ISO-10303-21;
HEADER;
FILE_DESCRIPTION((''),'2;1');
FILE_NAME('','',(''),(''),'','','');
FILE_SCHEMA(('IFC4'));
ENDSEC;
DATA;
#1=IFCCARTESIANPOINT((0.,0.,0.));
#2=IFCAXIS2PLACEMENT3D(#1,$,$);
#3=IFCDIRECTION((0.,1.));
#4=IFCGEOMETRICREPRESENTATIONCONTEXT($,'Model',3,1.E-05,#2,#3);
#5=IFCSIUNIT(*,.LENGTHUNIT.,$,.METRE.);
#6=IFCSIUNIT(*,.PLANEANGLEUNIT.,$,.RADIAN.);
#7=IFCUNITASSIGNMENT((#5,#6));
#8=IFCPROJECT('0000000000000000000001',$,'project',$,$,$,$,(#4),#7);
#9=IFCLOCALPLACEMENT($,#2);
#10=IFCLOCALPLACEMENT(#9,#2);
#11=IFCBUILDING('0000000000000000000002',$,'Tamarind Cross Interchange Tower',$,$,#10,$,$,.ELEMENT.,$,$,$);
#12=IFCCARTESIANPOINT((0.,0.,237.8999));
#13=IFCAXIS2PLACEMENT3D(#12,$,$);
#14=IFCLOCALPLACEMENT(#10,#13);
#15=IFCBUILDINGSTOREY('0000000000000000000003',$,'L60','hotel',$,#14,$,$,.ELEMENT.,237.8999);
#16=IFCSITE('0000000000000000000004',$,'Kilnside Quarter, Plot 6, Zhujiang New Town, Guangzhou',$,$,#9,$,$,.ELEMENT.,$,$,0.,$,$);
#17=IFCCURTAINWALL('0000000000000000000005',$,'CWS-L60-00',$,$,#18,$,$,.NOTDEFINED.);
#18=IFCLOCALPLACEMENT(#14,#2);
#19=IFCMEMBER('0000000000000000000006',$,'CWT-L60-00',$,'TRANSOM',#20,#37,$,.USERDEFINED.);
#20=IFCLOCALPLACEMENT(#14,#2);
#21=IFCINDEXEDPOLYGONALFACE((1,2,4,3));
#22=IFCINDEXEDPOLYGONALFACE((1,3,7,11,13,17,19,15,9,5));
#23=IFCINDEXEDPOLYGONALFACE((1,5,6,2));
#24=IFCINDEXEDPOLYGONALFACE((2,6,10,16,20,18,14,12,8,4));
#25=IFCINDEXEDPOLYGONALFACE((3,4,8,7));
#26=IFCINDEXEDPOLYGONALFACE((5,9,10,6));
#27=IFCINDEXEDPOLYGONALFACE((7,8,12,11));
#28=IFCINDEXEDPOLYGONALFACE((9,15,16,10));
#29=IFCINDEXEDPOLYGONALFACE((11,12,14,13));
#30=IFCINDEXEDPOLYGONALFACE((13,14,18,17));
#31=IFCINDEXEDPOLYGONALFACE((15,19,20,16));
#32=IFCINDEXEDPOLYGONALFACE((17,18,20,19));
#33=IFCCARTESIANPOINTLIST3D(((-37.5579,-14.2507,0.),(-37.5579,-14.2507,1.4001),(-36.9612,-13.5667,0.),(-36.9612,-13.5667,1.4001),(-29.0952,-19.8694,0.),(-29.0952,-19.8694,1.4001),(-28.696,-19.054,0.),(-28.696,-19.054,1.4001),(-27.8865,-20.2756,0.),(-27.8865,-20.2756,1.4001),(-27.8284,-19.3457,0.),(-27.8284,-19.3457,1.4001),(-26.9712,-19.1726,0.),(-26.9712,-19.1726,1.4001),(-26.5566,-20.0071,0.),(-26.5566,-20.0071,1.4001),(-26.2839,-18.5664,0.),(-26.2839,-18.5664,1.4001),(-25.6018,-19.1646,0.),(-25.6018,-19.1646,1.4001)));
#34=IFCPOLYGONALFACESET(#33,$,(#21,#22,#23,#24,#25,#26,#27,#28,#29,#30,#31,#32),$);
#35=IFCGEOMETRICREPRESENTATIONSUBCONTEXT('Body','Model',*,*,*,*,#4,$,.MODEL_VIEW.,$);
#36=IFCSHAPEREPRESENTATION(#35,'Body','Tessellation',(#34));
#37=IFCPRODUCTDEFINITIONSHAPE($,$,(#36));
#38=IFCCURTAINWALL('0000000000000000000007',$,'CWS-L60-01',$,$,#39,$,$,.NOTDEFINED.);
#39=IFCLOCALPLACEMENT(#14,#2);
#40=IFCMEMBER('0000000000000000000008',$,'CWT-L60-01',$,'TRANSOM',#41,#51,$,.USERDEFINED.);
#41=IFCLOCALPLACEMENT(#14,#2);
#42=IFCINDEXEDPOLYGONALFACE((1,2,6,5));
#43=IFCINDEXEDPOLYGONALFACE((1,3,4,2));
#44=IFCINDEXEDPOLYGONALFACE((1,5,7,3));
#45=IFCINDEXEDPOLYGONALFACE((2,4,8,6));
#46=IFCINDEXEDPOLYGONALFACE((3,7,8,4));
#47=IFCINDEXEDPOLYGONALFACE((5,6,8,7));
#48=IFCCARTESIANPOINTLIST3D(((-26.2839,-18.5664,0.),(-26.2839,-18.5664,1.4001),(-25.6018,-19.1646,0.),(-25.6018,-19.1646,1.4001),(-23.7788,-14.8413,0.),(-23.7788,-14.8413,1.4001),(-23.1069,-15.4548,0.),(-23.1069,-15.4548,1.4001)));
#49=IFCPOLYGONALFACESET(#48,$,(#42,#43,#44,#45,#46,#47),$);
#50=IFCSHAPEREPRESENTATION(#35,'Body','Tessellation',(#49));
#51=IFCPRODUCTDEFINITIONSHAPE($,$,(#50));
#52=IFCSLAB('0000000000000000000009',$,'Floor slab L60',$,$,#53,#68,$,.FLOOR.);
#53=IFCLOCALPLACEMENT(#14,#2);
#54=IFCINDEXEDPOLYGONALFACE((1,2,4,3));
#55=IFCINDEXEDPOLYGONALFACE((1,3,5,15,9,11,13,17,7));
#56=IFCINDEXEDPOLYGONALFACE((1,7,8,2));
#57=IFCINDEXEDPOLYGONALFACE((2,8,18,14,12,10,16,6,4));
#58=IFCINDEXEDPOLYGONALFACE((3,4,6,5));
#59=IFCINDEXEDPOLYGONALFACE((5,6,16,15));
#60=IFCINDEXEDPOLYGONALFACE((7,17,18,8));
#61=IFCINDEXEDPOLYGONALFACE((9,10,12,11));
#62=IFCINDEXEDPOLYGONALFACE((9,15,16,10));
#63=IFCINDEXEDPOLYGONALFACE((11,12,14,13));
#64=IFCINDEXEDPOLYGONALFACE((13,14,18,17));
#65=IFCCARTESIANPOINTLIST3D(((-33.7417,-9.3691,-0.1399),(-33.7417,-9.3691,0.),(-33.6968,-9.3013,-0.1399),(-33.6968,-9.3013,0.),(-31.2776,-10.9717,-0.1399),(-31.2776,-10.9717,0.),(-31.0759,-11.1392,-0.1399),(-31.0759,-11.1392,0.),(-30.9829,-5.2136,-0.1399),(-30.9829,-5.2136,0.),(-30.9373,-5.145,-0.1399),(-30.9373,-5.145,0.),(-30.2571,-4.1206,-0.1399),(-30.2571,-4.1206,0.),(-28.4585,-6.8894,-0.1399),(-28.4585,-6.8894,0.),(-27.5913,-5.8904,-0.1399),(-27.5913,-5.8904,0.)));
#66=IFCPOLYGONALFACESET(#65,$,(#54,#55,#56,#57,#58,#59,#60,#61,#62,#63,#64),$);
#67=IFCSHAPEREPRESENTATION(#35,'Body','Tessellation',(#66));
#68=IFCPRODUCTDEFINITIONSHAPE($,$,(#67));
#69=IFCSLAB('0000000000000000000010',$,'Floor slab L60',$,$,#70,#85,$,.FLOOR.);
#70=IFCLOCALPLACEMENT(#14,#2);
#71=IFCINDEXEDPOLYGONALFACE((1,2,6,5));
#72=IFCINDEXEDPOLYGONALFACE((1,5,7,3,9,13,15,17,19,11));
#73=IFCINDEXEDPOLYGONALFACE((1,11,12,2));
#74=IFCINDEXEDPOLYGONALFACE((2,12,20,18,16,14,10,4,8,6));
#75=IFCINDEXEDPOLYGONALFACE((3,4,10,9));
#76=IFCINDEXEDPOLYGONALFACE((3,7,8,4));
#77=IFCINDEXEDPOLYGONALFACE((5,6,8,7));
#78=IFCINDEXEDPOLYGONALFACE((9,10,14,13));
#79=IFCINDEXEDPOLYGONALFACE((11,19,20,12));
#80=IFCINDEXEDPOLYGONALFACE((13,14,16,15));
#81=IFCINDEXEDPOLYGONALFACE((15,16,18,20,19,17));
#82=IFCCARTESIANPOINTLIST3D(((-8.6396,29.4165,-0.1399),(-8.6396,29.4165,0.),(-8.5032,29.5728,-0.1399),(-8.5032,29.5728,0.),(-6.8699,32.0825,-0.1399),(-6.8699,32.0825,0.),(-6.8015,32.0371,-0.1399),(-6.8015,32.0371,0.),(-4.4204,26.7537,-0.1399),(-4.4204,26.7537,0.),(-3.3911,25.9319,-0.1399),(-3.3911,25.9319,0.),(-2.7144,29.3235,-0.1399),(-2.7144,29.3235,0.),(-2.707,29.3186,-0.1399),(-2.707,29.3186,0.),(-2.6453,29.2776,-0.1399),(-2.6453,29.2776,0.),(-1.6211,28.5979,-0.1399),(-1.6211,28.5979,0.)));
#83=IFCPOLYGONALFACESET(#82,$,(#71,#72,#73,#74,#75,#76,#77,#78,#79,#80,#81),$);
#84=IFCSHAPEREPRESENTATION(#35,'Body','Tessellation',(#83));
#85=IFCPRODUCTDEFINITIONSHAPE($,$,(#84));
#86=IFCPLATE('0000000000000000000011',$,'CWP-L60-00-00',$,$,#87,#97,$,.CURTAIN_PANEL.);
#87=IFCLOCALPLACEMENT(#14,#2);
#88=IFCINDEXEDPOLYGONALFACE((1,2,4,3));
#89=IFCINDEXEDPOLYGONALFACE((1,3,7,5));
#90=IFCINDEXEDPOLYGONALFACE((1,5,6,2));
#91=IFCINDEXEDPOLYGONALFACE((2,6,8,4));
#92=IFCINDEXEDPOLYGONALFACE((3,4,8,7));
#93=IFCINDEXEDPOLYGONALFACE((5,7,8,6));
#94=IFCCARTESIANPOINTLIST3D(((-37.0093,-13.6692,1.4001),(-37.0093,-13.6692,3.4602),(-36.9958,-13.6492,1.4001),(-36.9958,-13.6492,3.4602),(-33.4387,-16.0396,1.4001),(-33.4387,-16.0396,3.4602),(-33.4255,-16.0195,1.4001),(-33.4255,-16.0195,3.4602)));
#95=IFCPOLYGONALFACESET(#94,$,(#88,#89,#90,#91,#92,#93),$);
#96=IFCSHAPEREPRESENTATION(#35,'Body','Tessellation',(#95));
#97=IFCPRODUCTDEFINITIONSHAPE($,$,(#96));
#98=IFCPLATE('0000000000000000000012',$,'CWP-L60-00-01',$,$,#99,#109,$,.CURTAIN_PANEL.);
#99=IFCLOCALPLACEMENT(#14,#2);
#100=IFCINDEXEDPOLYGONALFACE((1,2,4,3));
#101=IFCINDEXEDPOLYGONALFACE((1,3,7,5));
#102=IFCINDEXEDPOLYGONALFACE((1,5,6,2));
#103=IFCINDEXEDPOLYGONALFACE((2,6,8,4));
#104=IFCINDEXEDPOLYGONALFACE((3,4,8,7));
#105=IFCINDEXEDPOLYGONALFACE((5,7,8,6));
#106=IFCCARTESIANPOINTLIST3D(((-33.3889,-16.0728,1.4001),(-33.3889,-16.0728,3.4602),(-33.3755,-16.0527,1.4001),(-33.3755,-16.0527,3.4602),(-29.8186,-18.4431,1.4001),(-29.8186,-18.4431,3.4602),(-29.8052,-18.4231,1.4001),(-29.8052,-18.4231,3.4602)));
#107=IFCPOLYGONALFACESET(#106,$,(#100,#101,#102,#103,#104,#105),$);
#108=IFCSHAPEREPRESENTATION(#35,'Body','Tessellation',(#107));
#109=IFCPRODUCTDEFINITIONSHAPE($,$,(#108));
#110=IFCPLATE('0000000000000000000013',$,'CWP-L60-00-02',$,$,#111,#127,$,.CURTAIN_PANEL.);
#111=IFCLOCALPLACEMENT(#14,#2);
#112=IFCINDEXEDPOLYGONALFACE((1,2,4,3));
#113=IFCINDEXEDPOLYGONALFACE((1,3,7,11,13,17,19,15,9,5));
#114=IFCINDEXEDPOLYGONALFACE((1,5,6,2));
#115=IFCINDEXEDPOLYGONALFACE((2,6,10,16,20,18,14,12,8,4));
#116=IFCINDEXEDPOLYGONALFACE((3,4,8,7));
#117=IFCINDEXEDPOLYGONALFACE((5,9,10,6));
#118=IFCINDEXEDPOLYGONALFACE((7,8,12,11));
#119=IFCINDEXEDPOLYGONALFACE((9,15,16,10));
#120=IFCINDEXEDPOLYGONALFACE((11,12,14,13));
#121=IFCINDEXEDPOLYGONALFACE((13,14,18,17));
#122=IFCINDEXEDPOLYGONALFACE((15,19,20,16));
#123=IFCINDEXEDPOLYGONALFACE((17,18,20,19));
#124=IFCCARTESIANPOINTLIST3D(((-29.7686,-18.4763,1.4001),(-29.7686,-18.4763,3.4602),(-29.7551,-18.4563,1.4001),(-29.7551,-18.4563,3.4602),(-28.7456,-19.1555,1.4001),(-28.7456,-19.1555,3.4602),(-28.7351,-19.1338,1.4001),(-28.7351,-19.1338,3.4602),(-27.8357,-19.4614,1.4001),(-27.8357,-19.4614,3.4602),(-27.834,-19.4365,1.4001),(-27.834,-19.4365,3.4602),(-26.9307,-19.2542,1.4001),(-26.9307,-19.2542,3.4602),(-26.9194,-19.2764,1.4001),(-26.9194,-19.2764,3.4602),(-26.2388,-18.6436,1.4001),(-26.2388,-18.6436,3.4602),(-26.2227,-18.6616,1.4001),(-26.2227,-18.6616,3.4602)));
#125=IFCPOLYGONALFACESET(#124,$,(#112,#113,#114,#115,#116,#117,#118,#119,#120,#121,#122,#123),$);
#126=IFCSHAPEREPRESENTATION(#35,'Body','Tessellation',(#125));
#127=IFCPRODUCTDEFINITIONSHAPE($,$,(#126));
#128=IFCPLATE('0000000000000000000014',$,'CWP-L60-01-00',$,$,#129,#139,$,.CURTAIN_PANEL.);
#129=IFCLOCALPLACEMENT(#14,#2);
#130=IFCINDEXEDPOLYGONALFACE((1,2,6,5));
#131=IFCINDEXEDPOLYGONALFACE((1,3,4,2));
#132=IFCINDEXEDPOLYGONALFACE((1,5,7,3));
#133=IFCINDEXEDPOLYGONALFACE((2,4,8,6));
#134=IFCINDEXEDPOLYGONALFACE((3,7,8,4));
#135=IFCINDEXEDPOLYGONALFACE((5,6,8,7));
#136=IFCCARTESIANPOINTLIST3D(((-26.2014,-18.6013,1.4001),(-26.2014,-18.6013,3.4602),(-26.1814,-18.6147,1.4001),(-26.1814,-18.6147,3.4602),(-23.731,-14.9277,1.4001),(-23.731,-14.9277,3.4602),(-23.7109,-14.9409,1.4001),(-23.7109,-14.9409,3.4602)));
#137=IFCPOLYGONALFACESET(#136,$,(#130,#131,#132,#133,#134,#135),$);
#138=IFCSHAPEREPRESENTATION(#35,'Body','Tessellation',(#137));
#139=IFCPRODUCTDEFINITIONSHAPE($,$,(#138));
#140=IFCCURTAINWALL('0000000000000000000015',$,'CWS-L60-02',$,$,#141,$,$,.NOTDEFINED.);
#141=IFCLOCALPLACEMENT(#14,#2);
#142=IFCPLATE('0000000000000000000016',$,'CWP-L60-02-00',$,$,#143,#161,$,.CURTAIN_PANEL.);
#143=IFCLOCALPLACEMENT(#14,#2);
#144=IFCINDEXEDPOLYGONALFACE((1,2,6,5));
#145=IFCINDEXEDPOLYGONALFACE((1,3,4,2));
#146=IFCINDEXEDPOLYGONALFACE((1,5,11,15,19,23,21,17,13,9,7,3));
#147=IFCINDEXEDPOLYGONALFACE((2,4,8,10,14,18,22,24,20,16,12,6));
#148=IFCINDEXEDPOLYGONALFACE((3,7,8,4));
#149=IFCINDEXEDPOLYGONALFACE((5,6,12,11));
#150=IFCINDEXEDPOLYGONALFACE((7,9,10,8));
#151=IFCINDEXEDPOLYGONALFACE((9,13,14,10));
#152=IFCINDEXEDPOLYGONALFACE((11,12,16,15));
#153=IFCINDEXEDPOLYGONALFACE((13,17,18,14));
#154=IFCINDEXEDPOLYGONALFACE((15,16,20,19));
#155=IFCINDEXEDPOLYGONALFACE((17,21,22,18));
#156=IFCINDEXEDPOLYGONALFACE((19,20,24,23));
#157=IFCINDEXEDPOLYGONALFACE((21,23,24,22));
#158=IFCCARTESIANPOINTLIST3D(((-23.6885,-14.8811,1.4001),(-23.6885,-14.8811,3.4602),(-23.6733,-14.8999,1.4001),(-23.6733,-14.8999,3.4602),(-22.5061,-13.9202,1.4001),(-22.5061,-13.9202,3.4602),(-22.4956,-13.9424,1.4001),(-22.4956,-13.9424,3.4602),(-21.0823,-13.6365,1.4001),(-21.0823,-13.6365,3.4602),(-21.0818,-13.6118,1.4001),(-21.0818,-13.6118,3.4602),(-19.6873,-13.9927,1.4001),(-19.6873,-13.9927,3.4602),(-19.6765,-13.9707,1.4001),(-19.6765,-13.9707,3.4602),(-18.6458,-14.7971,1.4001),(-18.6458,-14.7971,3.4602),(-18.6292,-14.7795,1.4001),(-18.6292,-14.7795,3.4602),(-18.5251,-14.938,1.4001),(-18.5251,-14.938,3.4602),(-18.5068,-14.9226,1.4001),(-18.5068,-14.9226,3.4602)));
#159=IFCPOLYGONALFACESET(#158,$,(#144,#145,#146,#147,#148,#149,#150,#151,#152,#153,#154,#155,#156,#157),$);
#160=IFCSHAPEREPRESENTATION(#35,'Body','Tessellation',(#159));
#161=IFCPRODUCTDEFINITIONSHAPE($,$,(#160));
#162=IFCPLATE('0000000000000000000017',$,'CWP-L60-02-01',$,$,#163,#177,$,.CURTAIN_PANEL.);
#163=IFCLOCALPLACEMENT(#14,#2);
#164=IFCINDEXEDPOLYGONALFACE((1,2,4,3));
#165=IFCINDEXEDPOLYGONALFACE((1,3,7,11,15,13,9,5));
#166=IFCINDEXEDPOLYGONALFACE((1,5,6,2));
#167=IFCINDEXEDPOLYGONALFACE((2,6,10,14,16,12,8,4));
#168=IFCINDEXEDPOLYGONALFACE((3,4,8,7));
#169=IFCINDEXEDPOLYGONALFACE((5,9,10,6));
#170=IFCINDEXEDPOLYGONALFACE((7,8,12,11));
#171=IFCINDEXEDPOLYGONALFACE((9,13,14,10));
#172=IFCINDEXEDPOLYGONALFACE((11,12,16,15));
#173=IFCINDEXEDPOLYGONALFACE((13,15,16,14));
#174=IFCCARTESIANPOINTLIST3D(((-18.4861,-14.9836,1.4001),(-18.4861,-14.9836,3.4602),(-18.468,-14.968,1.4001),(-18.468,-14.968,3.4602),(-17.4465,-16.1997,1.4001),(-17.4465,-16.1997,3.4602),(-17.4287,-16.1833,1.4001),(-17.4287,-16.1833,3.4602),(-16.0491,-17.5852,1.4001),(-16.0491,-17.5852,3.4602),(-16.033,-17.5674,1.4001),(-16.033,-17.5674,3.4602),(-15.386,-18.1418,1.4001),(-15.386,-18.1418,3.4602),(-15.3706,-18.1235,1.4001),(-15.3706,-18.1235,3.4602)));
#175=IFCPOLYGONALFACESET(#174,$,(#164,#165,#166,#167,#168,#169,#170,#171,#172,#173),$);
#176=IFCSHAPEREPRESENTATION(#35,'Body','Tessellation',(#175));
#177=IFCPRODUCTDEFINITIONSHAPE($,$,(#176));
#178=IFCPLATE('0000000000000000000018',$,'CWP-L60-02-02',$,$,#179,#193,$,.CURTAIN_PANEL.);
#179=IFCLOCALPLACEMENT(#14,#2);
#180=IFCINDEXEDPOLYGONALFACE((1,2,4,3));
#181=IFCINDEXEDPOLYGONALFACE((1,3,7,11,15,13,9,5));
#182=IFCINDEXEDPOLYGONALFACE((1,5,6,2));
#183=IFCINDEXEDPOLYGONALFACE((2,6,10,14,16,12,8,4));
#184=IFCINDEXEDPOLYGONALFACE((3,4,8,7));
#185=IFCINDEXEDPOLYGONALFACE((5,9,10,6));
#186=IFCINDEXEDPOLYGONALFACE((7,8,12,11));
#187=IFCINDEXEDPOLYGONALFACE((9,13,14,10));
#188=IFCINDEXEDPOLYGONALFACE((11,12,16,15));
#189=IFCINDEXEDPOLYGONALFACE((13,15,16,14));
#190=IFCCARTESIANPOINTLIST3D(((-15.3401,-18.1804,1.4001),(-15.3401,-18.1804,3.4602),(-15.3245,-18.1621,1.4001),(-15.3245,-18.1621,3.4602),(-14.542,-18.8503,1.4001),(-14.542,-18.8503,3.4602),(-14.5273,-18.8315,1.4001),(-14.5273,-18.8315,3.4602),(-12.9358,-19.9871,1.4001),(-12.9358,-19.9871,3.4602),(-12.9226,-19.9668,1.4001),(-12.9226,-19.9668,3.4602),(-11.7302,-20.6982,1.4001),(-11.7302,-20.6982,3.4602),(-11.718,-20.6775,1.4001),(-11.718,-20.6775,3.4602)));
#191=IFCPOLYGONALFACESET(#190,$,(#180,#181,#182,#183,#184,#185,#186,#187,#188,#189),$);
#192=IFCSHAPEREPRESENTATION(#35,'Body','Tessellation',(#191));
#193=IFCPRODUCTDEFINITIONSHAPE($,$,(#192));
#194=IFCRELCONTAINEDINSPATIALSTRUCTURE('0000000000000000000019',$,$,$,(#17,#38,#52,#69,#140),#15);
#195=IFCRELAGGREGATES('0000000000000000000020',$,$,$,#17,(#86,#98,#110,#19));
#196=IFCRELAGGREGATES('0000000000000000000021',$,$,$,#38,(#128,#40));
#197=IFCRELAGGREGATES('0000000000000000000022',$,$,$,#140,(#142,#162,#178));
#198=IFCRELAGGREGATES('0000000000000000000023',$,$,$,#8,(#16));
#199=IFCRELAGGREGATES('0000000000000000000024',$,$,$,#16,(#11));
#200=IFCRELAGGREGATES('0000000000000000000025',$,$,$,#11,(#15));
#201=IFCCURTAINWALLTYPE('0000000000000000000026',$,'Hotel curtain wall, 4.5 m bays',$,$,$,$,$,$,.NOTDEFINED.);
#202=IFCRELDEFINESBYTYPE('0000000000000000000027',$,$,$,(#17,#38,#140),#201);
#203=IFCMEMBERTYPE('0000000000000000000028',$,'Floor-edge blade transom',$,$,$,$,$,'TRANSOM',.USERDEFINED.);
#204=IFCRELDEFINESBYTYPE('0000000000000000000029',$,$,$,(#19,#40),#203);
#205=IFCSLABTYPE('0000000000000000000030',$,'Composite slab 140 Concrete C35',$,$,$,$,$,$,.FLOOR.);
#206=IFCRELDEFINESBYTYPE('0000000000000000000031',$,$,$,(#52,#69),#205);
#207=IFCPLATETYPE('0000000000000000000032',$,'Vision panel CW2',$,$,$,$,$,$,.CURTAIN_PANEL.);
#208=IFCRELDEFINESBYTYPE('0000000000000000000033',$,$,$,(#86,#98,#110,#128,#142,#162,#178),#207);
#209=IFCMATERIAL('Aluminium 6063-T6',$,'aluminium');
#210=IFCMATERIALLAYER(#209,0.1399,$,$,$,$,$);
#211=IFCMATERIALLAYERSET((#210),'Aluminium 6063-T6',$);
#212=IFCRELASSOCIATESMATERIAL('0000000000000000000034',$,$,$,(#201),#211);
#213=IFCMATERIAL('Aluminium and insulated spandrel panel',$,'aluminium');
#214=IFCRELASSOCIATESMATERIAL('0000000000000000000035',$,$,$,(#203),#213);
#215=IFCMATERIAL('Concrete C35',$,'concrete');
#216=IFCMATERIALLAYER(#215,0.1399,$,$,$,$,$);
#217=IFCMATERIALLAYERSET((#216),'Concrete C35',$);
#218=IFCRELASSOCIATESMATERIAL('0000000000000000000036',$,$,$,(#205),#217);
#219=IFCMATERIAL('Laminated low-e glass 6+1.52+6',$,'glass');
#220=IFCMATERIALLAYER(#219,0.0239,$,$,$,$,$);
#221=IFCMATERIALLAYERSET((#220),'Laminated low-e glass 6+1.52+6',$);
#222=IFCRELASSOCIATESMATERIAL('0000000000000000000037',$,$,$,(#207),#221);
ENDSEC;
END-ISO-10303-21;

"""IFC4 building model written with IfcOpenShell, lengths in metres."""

from ifc_helpers import new_model, si_unit, direction, frame, origin, place, context, subcontext, project, spatial, polyline, outline, extrude, material, layer, layer_set, type_object, element, aggregate, save


model = new_model("IFC4")

# Units and contexts
model_context = context("Model", 3, precision=1e-05, world=origin(), true_north=direction((0.0, 1.0)))
body_context = subcontext(model_context, "Body", "Model", "MODEL_VIEW")
ifc_project = project(units=[si_unit("LENGTHUNIT", "METRE"), si_unit("PLANEANGLEUNIT", "RADIAN")], contexts=[model_context])

# Site, building, storey
site_placement = place(None, origin())
site = spatial("IfcSite", under=ifc_project, at=site_placement, Name="Kilnside Quarter, Plot 6, Zhujiang New Town, Guangzhou", CompositionType="ELEMENT", RefElevation=0.0)
building_placement = place(site_placement, origin())
building = spatial("IfcBuilding", under=site, at=building_placement, Name="Tamarind Cross Interchange Tower", CompositionType="ELEMENT")
storey_placement = place(building_placement, frame((0.0, 0.0, 237.8999)))
storey = spatial("IfcBuildingStorey", under=building, at=storey_placement, Name="L60", Description="hotel", CompositionType="ELEMENT", Elevation=237.8999)

# Curtain walls, members
ifc_material_1 = material(Name="Aluminium 6063-T6", Category="aluminium")
ifc_layer_1 = layer(ifc_material_1, 0.1399)
ifc_layer_set_1 = layer_set([ifc_layer_1], Name="Aluminium 6063-T6")
curtain_wall_type = type_object("IfcCurtainWallType", Name="Hotel curtain wall, 4.5 m bays", PredefinedType="NOTDEFINED", material=ifc_layer_set_1)
curtain_wall_1_placement = place(storey_placement, origin())
curtain_wall_1 = element("IfcCurtainWall", 1, at=curtain_wall_1_placement, inside=storey, type_object=curtain_wall_type, Name="CWS-L60-00", PredefinedType="NOTDEFINED")
ifc_material_2 = material(Name="Aluminium and insulated spandrel panel", Category="aluminium")
member_type = type_object("IfcMemberType", Name="Floor-edge blade transom", ElementType="TRANSOM", PredefinedType="USERDEFINED", material=ifc_material_2)
member_1_placement = place(storey_placement, origin())
member_1 = element("IfcMember", 2, at=member_1_placement, type_object=member_type, Name="CWT-L60-00", ObjectType="TRANSOM", PredefinedType="USERDEFINED", context=body_context, shape_type="SweptSolid", body=[
    extrude(outline(polyline([(-36.9612, -13.5667), (-28.696, -19.054), (-27.8284, -19.3457), (-26.9712, -19.1726), (-26.2839, -18.5664), (-25.6018, -19.1646), (-26.5566, -20.0071), (-27.8865, -20.2756), (-29.0952, -19.8694), (-37.5579, -14.2507), (-36.9612, -13.5667)])), origin(), (0.0, 0.0, 1.0), 1.4001),
])
curtain_wall_2_placement = place(storey_placement, origin())
curtain_wall_2 = element("IfcCurtainWall", 3, at=curtain_wall_2_placement, inside=storey, type_object=curtain_wall_type, Name="CWS-L60-01", PredefinedType="NOTDEFINED")
member_2_placement = place(storey_placement, origin())
member_2 = element("IfcMember", 4, at=member_2_placement, type_object=member_type, Name="CWT-L60-01", ObjectType="TRANSOM", PredefinedType="USERDEFINED", context=body_context, shape_type="SweptSolid", body=[
    extrude(outline(polyline([(-26.2839, -18.5664), (-23.7788, -14.8413), (-23.1069, -15.4548), (-25.6018, -19.1646), (-26.2839, -18.5664)])), origin(), (0.0, 0.0, 1.0), 1.4001),
])

# Slabs
ifc_material_3 = material(Name="Concrete C35", Category="concrete")
ifc_layer_2 = layer(ifc_material_3, 0.1399)
ifc_layer_set_2 = layer_set([ifc_layer_2], Name="Concrete C35")
slab_type = type_object("IfcSlabType", Name="Composite slab 140 Concrete C35", PredefinedType="FLOOR", material=ifc_layer_set_2)
slab_1_placement = place(storey_placement, frame((0.0, 0.0, -0.1399)))
element("IfcSlab", 5, at=slab_1_placement, inside=storey, type_object=slab_type, Name="Floor slab L60", PredefinedType="FLOOR", context=body_context, shape_type="SweptSolid", body=[
    extrude(outline(polyline([(-33.7417, -9.3691), (-31.0759, -11.1392), (-27.5913, -5.8904), (-30.2571, -4.1206), (-30.9373, -5.145), (-30.9829, -5.2136), (-28.4585, -6.8894), (-31.2776, -10.9717), (-33.6968, -9.3013), (-33.7417, -9.3691)])), origin(), (0.0, 0.0, 1.0), 0.1399),
])
slab_2_placement = place(storey_placement, frame((0.0, 0.0, -0.1399)))
element("IfcSlab", 6, at=slab_2_placement, inside=storey, type_object=slab_type, Name="Floor slab L60", PredefinedType="FLOOR", context=body_context, shape_type="SweptSolid", body=[
    extrude(outline(polyline([(-6.8699, 32.0825), (-8.6396, 29.4165), (-3.3911, 25.9319), (-1.6211, 28.5979), (-2.6453, 29.2776), (-2.707, 29.3186), (-2.7144, 29.3235), (-4.4204, 26.7537), (-8.5032, 29.5728), (-6.8015, 32.0371), (-6.8699, 32.0825)])), origin(), (0.0, 0.0, 1.0), 0.1399),
])

# Plates
ifc_material_4 = material(Name="Laminated low-e glass 6+1.52+6", Category="glass")
ifc_layer_3 = layer(ifc_material_4, 0.0239)
ifc_layer_set_3 = layer_set([ifc_layer_3], Name="Laminated low-e glass 6+1.52+6")
plate_type = type_object("IfcPlateType", Name="Vision panel CW2", PredefinedType="CURTAIN_PANEL", material=ifc_layer_set_3)
plate_1_placement = place(storey_placement, frame((0.0, 0.0, 1.4001)))
plate_1 = element("IfcPlate", 7, at=plate_1_placement, type_object=plate_type, Name="CWP-L60-00-00", PredefinedType="CURTAIN_PANEL", context=body_context, shape_type="SweptSolid", body=[
    extrude(outline(polyline([(-36.9958, -13.6492), (-33.4255, -16.0195), (-33.4387, -16.0396), (-37.0093, -13.6692), (-36.9958, -13.6492)])), origin(), (0.0, 0.0, 1.0), 2.0601),
])
plate_2_placement = place(storey_placement, frame((0.0, 0.0, 1.4001)))
plate_2 = element("IfcPlate", 8, at=plate_2_placement, type_object=plate_type, Name="CWP-L60-00-01", PredefinedType="CURTAIN_PANEL", context=body_context, shape_type="SweptSolid", body=[
    extrude(outline(polyline([(-33.3755, -16.0527), (-29.8052, -18.4231), (-29.8186, -18.4431), (-33.3889, -16.0728), (-33.3755, -16.0527)])), origin(), (0.0, 0.0, 1.0), 2.0601),
])
plate_3_placement = place(storey_placement, frame((0.0, 0.0, 1.4001)))
plate_3 = element("IfcPlate", 9, at=plate_3_placement, type_object=plate_type, Name="CWP-L60-00-02", PredefinedType="CURTAIN_PANEL", context=body_context, shape_type="SweptSolid", body=[
    extrude(outline(polyline([(-29.7551, -18.4563), (-28.7351, -19.1338), (-27.834, -19.4365), (-26.9307, -19.2542), (-26.2388, -18.6436), (-26.2227, -18.6616), (-26.9194, -19.2764), (-27.8357, -19.4614), (-28.7456, -19.1555), (-29.7686, -18.4763), (-29.7551, -18.4563)])), origin(), (0.0, 0.0, 1.0), 2.0601),
])
aggregate(curtain_wall_1, [plate_1, plate_2, plate_3, member_1])
plate_4_placement = place(storey_placement, frame((0.0, 0.0, 1.4001)))
plate_4 = element("IfcPlate", 10, at=plate_4_placement, type_object=plate_type, Name="CWP-L60-01-00", PredefinedType="CURTAIN_PANEL", context=body_context, shape_type="SweptSolid", body=[
    extrude(outline(polyline([(-26.2014, -18.6013), (-23.731, -14.9277), (-23.7109, -14.9409), (-26.1814, -18.6147), (-26.2014, -18.6013)])), origin(), (0.0, 0.0, 1.0), 2.0601),
])
aggregate(curtain_wall_2, [plate_4, member_2])

# Curtain wall, plates
curtain_wall_3_placement = place(storey_placement, origin())
curtain_wall_3 = element("IfcCurtainWall", 11, at=curtain_wall_3_placement, inside=storey, type_object=curtain_wall_type, Name="CWS-L60-02", PredefinedType="NOTDEFINED")
plate_5_placement = place(storey_placement, frame((0.0, 0.0, 1.4001)))
plate_5 = element("IfcPlate", 12, at=plate_5_placement, type_object=plate_type, Name="CWP-L60-02-00", PredefinedType="CURTAIN_PANEL", context=body_context, shape_type="SweptSolid", body=[
    extrude(outline(polyline([(-23.6885, -14.8811), (-22.5061, -13.9202), (-21.0818, -13.6118), (-19.6765, -13.9707), (-18.6292, -14.7795), (-18.5068, -14.9226), (-18.5251, -14.938), (-18.6458, -14.7971), (-19.6873, -13.9927), (-21.0823, -13.6365), (-22.4956, -13.9424), (-23.6733, -14.8999), (-23.6885, -14.8811)])), origin(), (0.0, 0.0, 1.0), 2.0601),
])
plate_6_placement = place(storey_placement, frame((0.0, 0.0, 1.4001)))
plate_6 = element("IfcPlate", 13, at=plate_6_placement, type_object=plate_type, Name="CWP-L60-02-01", PredefinedType="CURTAIN_PANEL", context=body_context, shape_type="SweptSolid", body=[
    extrude(outline(polyline([(-18.468, -14.968), (-17.4287, -16.1833), (-16.033, -17.5674), (-15.3706, -18.1235), (-15.386, -18.1418), (-16.0491, -17.5852), (-17.4465, -16.1997), (-18.4861, -14.9836), (-18.468, -14.968)])), origin(), (0.0, 0.0, 1.0), 2.0601),
])
plate_7_placement = place(storey_placement, frame((0.0, 0.0, 1.4001)))
plate_7 = element("IfcPlate", 14, at=plate_7_placement, type_object=plate_type, Name="CWP-L60-02-02", PredefinedType="CURTAIN_PANEL", context=body_context, shape_type="SweptSolid", body=[
    extrude(outline(polyline([(-15.3245, -18.1621), (-14.5273, -18.8315), (-12.9226, -19.9668), (-11.718, -20.6775), (-11.7302, -20.6982), (-12.9358, -19.9871), (-14.542, -18.8503), (-15.3401, -18.1804), (-15.3245, -18.1621)])), origin(), (0.0, 0.0, 1.0), 2.0601),
])
aggregate(curtain_wall_3, [plate_5, plate_6, plate_7])

save(model, "model.ifc")
